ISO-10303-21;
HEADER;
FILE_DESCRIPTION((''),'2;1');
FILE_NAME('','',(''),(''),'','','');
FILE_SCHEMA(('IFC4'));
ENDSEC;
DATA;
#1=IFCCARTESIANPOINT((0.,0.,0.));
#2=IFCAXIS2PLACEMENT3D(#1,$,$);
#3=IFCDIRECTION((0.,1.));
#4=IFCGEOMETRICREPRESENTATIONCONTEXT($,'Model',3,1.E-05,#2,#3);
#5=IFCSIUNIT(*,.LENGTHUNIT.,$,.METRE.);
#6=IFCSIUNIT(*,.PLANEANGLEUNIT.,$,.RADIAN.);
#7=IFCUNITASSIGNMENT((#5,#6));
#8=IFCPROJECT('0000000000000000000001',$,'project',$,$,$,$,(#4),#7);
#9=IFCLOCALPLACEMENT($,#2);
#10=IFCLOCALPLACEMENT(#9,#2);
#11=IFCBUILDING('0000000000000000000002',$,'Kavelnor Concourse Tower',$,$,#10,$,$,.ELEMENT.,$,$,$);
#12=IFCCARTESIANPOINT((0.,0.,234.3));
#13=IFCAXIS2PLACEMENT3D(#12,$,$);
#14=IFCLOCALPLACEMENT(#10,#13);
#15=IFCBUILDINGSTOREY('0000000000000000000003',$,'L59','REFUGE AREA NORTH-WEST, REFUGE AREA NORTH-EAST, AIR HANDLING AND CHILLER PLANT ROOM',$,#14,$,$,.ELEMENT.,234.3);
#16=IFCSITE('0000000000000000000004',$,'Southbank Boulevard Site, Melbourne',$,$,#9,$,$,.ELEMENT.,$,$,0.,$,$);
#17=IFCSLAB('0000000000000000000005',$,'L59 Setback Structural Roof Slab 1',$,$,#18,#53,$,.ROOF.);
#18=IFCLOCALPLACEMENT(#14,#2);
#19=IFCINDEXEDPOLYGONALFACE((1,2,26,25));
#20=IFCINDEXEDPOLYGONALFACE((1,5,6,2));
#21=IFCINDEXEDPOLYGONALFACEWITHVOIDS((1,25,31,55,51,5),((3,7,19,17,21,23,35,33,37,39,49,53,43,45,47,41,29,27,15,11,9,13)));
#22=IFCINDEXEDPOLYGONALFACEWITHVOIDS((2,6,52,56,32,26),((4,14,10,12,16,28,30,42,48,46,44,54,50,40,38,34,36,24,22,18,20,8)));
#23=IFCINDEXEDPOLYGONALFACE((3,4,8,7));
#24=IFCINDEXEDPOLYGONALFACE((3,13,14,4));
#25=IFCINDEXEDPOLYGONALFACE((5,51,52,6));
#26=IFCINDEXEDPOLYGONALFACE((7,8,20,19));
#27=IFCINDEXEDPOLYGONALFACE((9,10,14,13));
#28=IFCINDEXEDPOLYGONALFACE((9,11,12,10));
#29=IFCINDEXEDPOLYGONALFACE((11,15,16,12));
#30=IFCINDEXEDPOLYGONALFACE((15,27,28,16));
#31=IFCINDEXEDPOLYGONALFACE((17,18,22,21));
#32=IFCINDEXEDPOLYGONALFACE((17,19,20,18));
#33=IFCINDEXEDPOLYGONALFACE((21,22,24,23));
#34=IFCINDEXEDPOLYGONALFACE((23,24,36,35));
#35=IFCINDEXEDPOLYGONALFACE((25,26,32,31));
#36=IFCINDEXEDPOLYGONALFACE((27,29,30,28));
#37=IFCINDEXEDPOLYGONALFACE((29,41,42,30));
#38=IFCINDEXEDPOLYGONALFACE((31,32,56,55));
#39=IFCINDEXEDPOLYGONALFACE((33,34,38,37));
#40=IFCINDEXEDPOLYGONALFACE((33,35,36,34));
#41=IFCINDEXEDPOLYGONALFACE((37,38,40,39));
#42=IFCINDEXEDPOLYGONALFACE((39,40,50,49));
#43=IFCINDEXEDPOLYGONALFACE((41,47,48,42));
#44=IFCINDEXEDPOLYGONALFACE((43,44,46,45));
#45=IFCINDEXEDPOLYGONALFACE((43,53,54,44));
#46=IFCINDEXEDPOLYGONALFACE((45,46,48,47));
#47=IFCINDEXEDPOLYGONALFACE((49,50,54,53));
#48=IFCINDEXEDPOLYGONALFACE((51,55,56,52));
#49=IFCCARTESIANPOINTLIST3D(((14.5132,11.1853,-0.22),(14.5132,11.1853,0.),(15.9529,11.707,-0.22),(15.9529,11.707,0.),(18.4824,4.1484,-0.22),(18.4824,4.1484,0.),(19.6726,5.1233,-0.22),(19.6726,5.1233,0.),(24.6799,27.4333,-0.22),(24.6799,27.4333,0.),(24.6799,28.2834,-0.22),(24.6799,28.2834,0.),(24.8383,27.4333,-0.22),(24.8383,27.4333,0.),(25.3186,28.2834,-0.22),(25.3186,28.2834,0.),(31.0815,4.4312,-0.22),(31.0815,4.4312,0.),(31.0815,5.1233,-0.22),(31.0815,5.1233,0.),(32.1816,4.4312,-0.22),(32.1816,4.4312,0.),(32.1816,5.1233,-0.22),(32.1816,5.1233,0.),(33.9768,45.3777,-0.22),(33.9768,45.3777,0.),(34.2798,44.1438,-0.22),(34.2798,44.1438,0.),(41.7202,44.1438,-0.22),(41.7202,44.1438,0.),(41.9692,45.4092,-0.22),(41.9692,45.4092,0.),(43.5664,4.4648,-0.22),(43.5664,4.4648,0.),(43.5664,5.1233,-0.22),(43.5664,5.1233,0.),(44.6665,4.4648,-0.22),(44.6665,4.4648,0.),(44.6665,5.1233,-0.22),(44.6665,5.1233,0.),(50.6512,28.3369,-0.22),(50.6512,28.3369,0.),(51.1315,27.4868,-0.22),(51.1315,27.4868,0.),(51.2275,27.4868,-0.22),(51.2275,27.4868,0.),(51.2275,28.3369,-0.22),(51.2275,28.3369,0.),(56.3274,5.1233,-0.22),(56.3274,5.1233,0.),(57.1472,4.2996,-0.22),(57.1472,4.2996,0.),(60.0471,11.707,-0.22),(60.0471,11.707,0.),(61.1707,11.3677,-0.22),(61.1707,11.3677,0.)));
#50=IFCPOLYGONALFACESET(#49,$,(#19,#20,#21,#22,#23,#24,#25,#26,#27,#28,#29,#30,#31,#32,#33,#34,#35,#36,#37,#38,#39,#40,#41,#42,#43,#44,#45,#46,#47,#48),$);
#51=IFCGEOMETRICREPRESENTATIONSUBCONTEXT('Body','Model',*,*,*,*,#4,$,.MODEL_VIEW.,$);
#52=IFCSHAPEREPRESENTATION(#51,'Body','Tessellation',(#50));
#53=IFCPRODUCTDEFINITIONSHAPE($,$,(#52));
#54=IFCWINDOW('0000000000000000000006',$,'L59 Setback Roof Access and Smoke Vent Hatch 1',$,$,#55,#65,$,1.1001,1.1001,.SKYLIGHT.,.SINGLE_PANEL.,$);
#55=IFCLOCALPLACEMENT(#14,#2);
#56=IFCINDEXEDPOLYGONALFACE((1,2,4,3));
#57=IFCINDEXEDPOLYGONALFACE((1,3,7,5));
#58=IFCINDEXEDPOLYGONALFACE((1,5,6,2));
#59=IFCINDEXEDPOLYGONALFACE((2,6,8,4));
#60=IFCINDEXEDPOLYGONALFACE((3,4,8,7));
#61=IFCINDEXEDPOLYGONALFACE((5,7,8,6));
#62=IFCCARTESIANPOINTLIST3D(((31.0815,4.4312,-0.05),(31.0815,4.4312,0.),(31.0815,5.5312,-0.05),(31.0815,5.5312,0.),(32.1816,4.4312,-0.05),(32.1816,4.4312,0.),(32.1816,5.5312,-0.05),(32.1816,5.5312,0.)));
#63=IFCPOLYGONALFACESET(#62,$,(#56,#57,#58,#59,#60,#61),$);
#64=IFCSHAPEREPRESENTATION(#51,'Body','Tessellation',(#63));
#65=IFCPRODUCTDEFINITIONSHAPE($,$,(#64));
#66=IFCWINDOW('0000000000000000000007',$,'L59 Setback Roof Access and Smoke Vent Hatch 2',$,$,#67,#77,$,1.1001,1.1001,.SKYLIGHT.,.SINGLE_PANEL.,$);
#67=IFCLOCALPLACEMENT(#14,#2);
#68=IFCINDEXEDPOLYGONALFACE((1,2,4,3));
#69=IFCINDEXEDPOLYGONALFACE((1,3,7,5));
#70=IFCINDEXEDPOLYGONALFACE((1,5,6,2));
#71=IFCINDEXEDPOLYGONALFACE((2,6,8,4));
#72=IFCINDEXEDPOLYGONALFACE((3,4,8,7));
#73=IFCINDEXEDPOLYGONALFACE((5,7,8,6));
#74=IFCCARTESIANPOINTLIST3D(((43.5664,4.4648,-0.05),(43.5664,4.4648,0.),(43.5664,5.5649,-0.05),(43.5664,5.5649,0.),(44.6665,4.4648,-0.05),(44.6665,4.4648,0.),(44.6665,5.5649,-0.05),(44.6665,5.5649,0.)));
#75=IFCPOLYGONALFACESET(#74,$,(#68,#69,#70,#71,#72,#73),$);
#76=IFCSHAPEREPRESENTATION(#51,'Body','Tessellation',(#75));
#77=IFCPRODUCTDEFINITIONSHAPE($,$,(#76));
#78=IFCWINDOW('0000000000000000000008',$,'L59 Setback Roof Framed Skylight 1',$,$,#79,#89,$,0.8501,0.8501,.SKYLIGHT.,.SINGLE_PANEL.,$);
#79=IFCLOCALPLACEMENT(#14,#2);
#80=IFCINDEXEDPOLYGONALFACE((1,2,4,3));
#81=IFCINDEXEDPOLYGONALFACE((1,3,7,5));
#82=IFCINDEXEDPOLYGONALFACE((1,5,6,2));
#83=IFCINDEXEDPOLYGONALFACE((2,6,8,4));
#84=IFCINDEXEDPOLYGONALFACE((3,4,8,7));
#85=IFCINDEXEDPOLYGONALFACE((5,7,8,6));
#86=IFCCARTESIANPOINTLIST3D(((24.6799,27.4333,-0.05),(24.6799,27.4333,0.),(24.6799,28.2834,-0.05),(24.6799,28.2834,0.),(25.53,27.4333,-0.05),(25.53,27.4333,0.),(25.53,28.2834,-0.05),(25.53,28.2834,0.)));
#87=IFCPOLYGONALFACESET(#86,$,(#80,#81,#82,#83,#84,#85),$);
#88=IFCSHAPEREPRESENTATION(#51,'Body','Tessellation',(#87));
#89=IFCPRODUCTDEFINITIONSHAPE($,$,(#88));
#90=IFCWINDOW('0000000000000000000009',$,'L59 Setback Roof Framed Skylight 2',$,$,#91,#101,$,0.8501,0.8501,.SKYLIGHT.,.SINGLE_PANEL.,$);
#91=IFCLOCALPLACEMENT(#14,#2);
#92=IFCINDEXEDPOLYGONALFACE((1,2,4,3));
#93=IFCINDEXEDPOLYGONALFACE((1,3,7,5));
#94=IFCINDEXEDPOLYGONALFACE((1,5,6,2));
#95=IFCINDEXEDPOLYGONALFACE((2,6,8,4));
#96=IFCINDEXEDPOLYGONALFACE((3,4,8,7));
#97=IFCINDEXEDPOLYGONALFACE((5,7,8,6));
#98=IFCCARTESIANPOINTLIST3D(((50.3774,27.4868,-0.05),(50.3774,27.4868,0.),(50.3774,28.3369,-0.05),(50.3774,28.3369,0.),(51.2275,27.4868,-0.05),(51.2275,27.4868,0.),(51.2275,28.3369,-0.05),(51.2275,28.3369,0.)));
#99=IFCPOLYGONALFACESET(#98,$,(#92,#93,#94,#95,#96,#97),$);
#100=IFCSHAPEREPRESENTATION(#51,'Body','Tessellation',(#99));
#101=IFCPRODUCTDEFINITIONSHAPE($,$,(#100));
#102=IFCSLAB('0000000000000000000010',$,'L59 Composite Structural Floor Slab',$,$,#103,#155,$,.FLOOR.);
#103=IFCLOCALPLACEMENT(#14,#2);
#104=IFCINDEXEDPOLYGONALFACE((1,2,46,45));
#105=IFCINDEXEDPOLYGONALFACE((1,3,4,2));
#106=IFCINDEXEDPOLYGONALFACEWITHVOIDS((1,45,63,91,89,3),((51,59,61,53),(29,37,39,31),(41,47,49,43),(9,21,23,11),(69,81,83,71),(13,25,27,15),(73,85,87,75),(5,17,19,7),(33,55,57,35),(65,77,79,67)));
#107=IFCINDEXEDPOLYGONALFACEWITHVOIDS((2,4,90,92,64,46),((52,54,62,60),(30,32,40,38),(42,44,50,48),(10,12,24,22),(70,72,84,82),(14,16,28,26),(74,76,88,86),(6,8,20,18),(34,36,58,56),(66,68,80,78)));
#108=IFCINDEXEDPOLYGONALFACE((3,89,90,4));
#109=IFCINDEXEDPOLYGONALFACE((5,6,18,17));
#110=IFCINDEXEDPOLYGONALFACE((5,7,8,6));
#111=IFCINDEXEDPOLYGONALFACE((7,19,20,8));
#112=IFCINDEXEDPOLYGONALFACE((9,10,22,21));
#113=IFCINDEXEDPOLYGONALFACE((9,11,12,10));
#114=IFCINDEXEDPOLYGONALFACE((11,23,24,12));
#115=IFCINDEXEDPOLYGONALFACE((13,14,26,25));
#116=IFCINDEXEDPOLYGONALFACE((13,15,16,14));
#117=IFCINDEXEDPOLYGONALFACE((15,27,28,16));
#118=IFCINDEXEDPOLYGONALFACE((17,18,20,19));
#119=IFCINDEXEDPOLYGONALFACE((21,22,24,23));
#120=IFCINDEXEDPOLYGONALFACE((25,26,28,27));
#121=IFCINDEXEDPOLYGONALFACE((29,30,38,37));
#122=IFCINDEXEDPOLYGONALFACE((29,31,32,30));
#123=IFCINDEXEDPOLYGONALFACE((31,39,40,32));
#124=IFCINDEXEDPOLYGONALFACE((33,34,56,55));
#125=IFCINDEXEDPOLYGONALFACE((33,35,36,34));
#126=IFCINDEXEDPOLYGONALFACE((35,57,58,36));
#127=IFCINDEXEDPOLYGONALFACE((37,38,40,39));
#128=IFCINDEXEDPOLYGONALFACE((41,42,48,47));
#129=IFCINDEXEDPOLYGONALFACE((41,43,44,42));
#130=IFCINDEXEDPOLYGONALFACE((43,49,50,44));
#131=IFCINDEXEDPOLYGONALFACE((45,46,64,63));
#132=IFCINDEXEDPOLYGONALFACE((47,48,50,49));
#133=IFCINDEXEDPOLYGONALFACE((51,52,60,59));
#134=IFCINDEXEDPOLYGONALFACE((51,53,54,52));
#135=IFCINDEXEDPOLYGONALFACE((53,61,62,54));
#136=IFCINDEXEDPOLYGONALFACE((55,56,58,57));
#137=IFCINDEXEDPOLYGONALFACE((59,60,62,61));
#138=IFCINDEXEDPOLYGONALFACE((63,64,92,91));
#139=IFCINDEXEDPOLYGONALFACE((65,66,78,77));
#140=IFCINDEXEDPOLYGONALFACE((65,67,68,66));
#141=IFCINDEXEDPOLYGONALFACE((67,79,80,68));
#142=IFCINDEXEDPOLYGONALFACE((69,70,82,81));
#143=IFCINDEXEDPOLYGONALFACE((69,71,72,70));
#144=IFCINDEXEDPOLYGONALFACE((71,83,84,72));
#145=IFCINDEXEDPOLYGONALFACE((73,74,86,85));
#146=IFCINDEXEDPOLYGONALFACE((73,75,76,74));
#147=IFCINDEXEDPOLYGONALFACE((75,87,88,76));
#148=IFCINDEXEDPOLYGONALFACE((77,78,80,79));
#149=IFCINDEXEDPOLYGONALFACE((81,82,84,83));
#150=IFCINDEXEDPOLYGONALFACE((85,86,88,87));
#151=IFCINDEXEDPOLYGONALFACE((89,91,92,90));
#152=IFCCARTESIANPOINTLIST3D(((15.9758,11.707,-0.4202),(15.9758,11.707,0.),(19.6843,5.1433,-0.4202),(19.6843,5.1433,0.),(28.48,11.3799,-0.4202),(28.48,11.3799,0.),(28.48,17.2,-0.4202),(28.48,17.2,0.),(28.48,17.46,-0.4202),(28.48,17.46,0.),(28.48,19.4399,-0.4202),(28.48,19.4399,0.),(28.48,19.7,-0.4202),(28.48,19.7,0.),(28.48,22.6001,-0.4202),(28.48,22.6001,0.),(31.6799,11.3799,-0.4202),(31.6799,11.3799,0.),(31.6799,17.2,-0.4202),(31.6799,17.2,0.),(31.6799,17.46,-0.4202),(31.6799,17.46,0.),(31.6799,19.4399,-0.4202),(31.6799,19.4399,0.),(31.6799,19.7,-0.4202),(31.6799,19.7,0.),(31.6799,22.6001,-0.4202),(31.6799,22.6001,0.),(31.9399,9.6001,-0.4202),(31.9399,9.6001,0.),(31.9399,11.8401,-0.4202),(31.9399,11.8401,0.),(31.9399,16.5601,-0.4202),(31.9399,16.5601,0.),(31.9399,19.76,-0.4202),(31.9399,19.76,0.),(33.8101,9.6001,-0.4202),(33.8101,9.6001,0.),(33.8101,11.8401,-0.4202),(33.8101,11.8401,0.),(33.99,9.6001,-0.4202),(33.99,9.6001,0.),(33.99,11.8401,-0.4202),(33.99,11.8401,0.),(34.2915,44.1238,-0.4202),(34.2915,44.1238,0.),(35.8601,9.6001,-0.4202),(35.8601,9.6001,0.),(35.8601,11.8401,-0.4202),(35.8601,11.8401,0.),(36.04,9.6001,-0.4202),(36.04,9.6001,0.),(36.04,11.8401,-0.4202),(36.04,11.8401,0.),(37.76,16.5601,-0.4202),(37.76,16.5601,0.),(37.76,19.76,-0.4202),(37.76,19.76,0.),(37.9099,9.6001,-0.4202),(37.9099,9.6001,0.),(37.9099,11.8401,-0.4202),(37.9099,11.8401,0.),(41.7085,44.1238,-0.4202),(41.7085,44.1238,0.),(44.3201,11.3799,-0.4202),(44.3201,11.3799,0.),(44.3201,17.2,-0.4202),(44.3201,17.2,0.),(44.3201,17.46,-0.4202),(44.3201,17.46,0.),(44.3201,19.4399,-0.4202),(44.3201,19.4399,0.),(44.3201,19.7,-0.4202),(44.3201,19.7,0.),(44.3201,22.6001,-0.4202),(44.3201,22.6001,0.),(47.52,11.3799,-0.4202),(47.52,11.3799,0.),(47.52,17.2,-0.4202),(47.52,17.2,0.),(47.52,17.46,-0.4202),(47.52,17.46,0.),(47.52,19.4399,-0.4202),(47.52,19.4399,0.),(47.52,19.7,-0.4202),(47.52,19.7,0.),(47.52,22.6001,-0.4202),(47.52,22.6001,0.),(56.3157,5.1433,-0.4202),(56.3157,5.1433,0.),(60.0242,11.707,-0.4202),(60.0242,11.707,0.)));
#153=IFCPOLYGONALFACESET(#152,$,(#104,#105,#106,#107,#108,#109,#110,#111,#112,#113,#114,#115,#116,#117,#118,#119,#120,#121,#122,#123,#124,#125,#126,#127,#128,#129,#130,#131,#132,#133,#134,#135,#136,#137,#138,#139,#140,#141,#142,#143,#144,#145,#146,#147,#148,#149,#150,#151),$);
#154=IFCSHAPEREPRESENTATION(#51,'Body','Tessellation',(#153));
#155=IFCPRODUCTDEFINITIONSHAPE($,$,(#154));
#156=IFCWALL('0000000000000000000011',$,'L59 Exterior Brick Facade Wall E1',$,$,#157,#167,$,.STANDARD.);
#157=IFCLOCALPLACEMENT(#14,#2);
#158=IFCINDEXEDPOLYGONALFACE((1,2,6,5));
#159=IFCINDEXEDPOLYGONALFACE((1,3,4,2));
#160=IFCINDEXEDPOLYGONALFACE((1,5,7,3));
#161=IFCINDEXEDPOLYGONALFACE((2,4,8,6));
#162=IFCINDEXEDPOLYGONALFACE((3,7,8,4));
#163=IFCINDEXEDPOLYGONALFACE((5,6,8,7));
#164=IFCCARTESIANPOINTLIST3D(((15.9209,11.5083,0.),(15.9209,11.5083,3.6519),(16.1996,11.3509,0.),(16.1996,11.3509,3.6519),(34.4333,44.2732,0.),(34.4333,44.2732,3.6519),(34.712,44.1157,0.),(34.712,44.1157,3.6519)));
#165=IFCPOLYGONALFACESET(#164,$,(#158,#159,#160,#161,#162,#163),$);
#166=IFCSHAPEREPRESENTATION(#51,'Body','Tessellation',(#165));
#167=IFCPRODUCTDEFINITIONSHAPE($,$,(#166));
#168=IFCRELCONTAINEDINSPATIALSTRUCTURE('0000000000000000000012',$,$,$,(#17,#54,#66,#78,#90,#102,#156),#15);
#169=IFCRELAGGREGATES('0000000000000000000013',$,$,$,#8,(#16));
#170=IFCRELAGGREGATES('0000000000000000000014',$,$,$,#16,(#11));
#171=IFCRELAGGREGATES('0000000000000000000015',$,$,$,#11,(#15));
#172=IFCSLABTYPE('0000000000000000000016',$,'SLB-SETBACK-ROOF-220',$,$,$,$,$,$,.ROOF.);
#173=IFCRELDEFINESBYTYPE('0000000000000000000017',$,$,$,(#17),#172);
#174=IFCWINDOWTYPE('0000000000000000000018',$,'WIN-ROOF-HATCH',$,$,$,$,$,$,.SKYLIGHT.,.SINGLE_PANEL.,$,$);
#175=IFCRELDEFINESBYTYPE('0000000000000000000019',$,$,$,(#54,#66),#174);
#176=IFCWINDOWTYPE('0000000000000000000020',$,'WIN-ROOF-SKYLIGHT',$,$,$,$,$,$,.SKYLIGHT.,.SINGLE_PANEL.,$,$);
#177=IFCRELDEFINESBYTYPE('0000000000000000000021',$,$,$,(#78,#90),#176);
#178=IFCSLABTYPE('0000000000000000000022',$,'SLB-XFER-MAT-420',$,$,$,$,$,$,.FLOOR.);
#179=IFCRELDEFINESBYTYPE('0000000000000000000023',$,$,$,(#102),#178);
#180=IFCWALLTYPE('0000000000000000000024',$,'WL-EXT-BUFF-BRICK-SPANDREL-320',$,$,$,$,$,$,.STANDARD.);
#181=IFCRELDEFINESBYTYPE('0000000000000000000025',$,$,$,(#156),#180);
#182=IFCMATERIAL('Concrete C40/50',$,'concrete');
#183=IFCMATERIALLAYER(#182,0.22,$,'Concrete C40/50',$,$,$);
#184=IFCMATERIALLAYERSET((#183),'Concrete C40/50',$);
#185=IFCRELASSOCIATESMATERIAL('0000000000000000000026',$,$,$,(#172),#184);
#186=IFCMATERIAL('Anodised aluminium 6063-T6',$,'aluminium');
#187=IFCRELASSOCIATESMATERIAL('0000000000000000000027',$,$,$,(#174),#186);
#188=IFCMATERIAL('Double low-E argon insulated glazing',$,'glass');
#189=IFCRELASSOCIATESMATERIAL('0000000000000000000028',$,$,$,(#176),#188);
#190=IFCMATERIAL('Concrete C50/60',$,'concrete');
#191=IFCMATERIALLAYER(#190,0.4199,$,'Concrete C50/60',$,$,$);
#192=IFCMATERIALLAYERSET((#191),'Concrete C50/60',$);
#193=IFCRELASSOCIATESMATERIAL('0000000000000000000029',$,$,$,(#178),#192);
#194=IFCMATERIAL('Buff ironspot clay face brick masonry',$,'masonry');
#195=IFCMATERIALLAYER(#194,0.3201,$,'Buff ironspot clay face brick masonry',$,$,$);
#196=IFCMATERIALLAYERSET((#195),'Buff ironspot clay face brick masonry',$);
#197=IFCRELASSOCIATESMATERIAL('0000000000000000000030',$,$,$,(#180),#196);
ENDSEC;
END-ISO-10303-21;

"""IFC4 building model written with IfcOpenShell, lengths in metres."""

from ifc_helpers import new_model, si_unit, direction, frame, frame_2d, origin, origin_2d, place, context, subcontext, project, spatial, polyline, rectangle, outline, extrude, material, layer, layer_set, type_object, element, fill, save


model = new_model("IFC4")

# Units and contexts
model_context = context("Model", 3, precision=1e-05, world=origin(), true_north=direction((0.0, 1.0)))
body_context = subcontext(model_context, "Body", "Model", "MODEL_VIEW")
ifc_project = project(units=[si_unit("LENGTHUNIT", "METRE"), si_unit("PLANEANGLEUNIT", "RADIAN")], contexts=[model_context])

# Site, building, storey
site_placement = place(None, origin())
site = spatial("IfcSite", under=ifc_project, at=site_placement, Name="Southbank Boulevard Site, Melbourne", CompositionType="ELEMENT", RefElevation=0.0)
building_placement = place(site_placement, origin())
building = spatial("IfcBuilding", under=site, at=building_placement, Name="Kavelnor Concourse Tower", CompositionType="ELEMENT")
storey_placement = place(building_placement, frame((0.0, 0.0, 234.3)))
storey = spatial("IfcBuildingStorey", under=building, at=storey_placement, Name="L59", Description="REFUGE AREA NORTH-WEST, REFUGE AREA NORTH-EAST, AIR HANDLING AND CHILLER PLANT ROOM", CompositionType="ELEMENT", Elevation=234.3)

# Shared definitions
ifc_material_1 = material(Name="Concrete C40/50", Category="concrete")

# Slab, openings, windows
ifc_layer_1 = layer(ifc_material_1, 0.22, Name="Concrete C40/50")
ifc_layer_set_1 = layer_set([ifc_layer_1], Name="Concrete C40/50")
slab_type_1 = type_object("IfcSlabType", Name="SLB-SETBACK-ROOF-220", PredefinedType="ROOF", material=ifc_layer_set_1)
slab_1_placement = place(storey_placement, frame((0.0, 0.0, -0.22)))
slab_1 = element("IfcSlab", 1, at=slab_1_placement, inside=storey, type_object=slab_type_1, Name="L59 Setback Structural Roof Slab 1", PredefinedType="ROOF", context=body_context, shape_type="SweptSolid", body=[
    extrude(outline(polyline([(61.1707, 11.3677), (57.1472, 4.2996), (18.4824, 4.1484), (14.5132, 11.1853), (33.9768, 45.3777), (41.9692, 45.4092), (61.1707, 11.3677)]), holes=[polyline([(34.2798, 44.1438), (15.9529, 11.707), (19.6726, 5.1233), (56.3274, 5.1233), (60.0471, 11.707), (41.7202, 44.1438), (34.2798, 44.1438)])]), origin(), (0.0, 0.0, 1.0), 0.22),
])
opening_1_placement = place(slab_1_placement, frame((25.105, 27.8584, 0.0)))
opening_1 = element("IfcOpeningElement", 2, at=opening_1_placement, cuts=slab_1, PredefinedType="OPENING", context=body_context, shape_type="SweptSolid", body=[
    extrude(rectangle(XDim=0.8501, YDim=0.8501, at=origin_2d()), frame((0.0, 0.0, -0.01)), (0.0, 0.0, 1.0), 0.24),
])
opening_2_placement = place(slab_1_placement, frame((50.8025, 27.9119, 0.0)))
opening_2 = element("IfcOpeningElement", 3, at=opening_2_placement, cuts=slab_1, PredefinedType="OPENING", context=body_context, shape_type="SweptSolid", body=[
    extrude(rectangle(XDim=0.8501, YDim=0.8501, at=origin_2d()), frame((0.0, 0.0, -0.01)), (0.0, 0.0, 1.0), 0.24),
])
opening_3_placement = place(slab_1_placement, frame((31.6316, 4.9812, 0.0)))
opening_3 = element("IfcOpeningElement", 4, at=opening_3_placement, cuts=slab_1, PredefinedType="OPENING", context=body_context, shape_type="SweptSolid", body=[
    extrude(rectangle(XDim=1.1001, YDim=1.1001, at=origin_2d()), frame((0.0, 0.0, -0.01)), (0.0, 0.0, 1.0), 0.24),
])
opening_4_placement = place(slab_1_placement, frame((44.1165, 5.0149, 0.0)))
opening_4 = element("IfcOpeningElement", 5, at=opening_4_placement, cuts=slab_1, PredefinedType="OPENING", context=body_context, shape_type="SweptSolid", body=[
    extrude(rectangle(XDim=1.1001, YDim=1.1001, at=origin_2d()), frame((0.0, 0.0, -0.01)), (0.0, 0.0, 1.0), 0.24),
])
ifc_material_2 = material(Name="Anodised aluminium 6063-T6", Category="aluminium")
window_type_1 = type_object("IfcWindowType", Name="WIN-ROOF-HATCH", PartitioningType="SINGLE_PANEL", PredefinedType="SKYLIGHT", material=ifc_material_2)
window_1_placement = place(opening_3_placement, frame((0.0, 0.0, 0.1699)))
window_1 = element("IfcWindow", 6, at=window_1_placement, inside=storey, type_object=window_type_1, Name="L59 Setback Roof Access and Smoke Vent Hatch 1", OverallHeight=1.1001, OverallWidth=1.1001, PartitioningType="SINGLE_PANEL", PredefinedType="SKYLIGHT", context=body_context, shape_type="SweptSolid", body=[
    extrude(rectangle(XDim=1.1001, YDim=1.1001, at=origin_2d()), origin(), (0.0, 0.0, 1.0), 0.05),
])
fill(opening_3, window_1)
window_2_placement = place(opening_4_placement, frame((0.0, 0.0, 0.1699)))
window_2 = element("IfcWindow", 7, at=window_2_placement, inside=storey, type_object=window_type_1, Name="L59 Setback Roof Access and Smoke Vent Hatch 2", OverallHeight=1.1001, OverallWidth=1.1001, PartitioningType="SINGLE_PANEL", PredefinedType="SKYLIGHT", context=body_context, shape_type="SweptSolid", body=[
    extrude(rectangle(XDim=1.1001, YDim=1.1001, at=origin_2d()), origin(), (0.0, 0.0, 1.0), 0.05),
])
fill(opening_4, window_2)
ifc_material_3 = material(Name="Double low-E argon insulated glazing", Category="glass")
window_type_2 = type_object("IfcWindowType", Name="WIN-ROOF-SKYLIGHT", PartitioningType="SINGLE_PANEL", PredefinedType="SKYLIGHT", material=ifc_material_3)
window_3_placement = place(opening_1_placement, frame((0.0, 0.0, 0.1699)))
window_3 = element("IfcWindow", 8, at=window_3_placement, inside=storey, type_object=window_type_2, Name="L59 Setback Roof Framed Skylight 1", OverallHeight=0.8501, OverallWidth=0.8501, PartitioningType="SINGLE_PANEL", PredefinedType="SKYLIGHT", context=body_context, shape_type="SweptSolid", body=[
    extrude(rectangle(XDim=0.8501, YDim=0.8501, at=origin_2d()), origin(), (0.0, 0.0, 1.0), 0.05),
])
fill(opening_1, window_3)
window_4_placement = place(opening_2_placement, frame((0.0, 0.0, 0.1699)))
window_4 = element("IfcWindow", 9, at=window_4_placement, inside=storey, type_object=window_type_2, Name="L59 Setback Roof Framed Skylight 2", OverallHeight=0.8501, OverallWidth=0.8501, PartitioningType="SINGLE_PANEL", PredefinedType="SKYLIGHT", context=body_context, shape_type="SweptSolid", body=[
    extrude(rectangle(XDim=0.8501, YDim=0.8501, at=origin_2d()), origin(), (0.0, 0.0, 1.0), 0.05),
])
fill(opening_2, window_4)

# Slab
ifc_material_4 = material(Name="Concrete C50/60", Category="concrete")
ifc_layer_2 = layer(ifc_material_4, 0.4199, Name="Concrete C50/60")
ifc_layer_set_2 = layer_set([ifc_layer_2], Name="Concrete C50/60")
slab_type_2 = type_object("IfcSlabType", Name="SLB-XFER-MAT-420", PredefinedType="FLOOR", material=ifc_layer_set_2)
slab_2_placement = place(storey_placement, frame((0.0, 0.0, -0.4202)))
element("IfcSlab", 10, at=slab_2_placement, inside=storey, type_object=slab_type_2, Name="L59 Composite Structural Floor Slab", PredefinedType="FLOOR", context=body_context, shape_type="SweptSolid", body=[
    extrude(outline(polyline([(41.7085, 44.1238), (34.2915, 44.1238), (15.9758, 11.707), (19.6843, 5.1433), (56.3157, 5.1433), (60.0242, 11.707), (41.7085, 44.1238)]), holes=[polyline([(28.48, 11.3799), (31.6799, 11.3799), (31.6799, 17.2), (28.48, 17.2), (28.48, 11.3799)]), polyline([(44.3201, 11.3799), (47.52, 11.3799), (47.52, 17.2), (44.3201, 17.2), (44.3201, 11.3799)]), polyline([(31.9399, 16.5601), (37.76, 16.5601), (37.76, 19.76), (31.9399, 19.76), (31.9399, 16.5601)]), polyline([(28.48, 19.7), (31.6799, 19.7), (31.6799, 22.6001), (28.48, 22.6001), (28.48, 19.7)]), polyline([(44.3201, 19.7), (47.52, 19.7), (47.52, 22.6001), (44.3201, 22.6001), (44.3201, 19.7)]), polyline([(31.9399, 9.6001), (33.8101, 9.6001), (33.8101, 11.8401), (31.9399, 11.8401), (31.9399, 9.6001)]), polyline([(33.99, 9.6001), (35.8601, 9.6001), (35.8601, 11.8401), (33.99, 11.8401), (33.99, 9.6001)]), polyline([(36.04, 9.6001), (37.9099, 9.6001), (37.9099, 11.8401), (36.04, 11.8401), (36.04, 9.6001)]), polyline([(28.48, 17.46), (31.6799, 17.46), (31.6799, 19.4399), (28.48, 19.4399), (28.48, 17.46)]), polyline([(44.3201, 17.46), (47.52, 17.46), (47.52, 19.4399), (44.3201, 19.4399), (44.3201, 17.46)])]), origin(), (0.0, 0.0, 1.0), 0.4202),
])

# Wall
ifc_material_5 = material(Name="Buff ironspot clay face brick masonry", Category="masonry")
ifc_layer_3 = layer(ifc_material_5, 0.3201, Name="Buff ironspot clay face brick masonry")
ifc_layer_set_3 = layer_set([ifc_layer_3], Name="Buff ironspot clay face brick masonry")
wall_type_1 = type_object("IfcWallType", Name="WL-EXT-BUFF-BRICK-SPANDREL-320", PredefinedType="STANDARD", material=ifc_layer_set_3)
wall_1_placement = place(storey_placement, frame((16.0603, 11.4297, 0.0), z_axis=(0.0, 0.0, 1.0), x_axis=(0.49192, 0.870641, 0.0)))
element("IfcWall", 11, at=wall_1_placement, inside=storey, type_object=wall_type_1, Name="L59 Exterior Brick Facade Wall E1", PredefinedType="STANDARD", context=body_context, shape_type="SweptSolid", body=[
    extrude(rectangle(XDim=37.6331, YDim=0.3201, at=frame_2d((18.8164, 0.0))), origin(), (0.0, 0.0, 1.0), 3.6519),
])

save(model, "model.ifc")
